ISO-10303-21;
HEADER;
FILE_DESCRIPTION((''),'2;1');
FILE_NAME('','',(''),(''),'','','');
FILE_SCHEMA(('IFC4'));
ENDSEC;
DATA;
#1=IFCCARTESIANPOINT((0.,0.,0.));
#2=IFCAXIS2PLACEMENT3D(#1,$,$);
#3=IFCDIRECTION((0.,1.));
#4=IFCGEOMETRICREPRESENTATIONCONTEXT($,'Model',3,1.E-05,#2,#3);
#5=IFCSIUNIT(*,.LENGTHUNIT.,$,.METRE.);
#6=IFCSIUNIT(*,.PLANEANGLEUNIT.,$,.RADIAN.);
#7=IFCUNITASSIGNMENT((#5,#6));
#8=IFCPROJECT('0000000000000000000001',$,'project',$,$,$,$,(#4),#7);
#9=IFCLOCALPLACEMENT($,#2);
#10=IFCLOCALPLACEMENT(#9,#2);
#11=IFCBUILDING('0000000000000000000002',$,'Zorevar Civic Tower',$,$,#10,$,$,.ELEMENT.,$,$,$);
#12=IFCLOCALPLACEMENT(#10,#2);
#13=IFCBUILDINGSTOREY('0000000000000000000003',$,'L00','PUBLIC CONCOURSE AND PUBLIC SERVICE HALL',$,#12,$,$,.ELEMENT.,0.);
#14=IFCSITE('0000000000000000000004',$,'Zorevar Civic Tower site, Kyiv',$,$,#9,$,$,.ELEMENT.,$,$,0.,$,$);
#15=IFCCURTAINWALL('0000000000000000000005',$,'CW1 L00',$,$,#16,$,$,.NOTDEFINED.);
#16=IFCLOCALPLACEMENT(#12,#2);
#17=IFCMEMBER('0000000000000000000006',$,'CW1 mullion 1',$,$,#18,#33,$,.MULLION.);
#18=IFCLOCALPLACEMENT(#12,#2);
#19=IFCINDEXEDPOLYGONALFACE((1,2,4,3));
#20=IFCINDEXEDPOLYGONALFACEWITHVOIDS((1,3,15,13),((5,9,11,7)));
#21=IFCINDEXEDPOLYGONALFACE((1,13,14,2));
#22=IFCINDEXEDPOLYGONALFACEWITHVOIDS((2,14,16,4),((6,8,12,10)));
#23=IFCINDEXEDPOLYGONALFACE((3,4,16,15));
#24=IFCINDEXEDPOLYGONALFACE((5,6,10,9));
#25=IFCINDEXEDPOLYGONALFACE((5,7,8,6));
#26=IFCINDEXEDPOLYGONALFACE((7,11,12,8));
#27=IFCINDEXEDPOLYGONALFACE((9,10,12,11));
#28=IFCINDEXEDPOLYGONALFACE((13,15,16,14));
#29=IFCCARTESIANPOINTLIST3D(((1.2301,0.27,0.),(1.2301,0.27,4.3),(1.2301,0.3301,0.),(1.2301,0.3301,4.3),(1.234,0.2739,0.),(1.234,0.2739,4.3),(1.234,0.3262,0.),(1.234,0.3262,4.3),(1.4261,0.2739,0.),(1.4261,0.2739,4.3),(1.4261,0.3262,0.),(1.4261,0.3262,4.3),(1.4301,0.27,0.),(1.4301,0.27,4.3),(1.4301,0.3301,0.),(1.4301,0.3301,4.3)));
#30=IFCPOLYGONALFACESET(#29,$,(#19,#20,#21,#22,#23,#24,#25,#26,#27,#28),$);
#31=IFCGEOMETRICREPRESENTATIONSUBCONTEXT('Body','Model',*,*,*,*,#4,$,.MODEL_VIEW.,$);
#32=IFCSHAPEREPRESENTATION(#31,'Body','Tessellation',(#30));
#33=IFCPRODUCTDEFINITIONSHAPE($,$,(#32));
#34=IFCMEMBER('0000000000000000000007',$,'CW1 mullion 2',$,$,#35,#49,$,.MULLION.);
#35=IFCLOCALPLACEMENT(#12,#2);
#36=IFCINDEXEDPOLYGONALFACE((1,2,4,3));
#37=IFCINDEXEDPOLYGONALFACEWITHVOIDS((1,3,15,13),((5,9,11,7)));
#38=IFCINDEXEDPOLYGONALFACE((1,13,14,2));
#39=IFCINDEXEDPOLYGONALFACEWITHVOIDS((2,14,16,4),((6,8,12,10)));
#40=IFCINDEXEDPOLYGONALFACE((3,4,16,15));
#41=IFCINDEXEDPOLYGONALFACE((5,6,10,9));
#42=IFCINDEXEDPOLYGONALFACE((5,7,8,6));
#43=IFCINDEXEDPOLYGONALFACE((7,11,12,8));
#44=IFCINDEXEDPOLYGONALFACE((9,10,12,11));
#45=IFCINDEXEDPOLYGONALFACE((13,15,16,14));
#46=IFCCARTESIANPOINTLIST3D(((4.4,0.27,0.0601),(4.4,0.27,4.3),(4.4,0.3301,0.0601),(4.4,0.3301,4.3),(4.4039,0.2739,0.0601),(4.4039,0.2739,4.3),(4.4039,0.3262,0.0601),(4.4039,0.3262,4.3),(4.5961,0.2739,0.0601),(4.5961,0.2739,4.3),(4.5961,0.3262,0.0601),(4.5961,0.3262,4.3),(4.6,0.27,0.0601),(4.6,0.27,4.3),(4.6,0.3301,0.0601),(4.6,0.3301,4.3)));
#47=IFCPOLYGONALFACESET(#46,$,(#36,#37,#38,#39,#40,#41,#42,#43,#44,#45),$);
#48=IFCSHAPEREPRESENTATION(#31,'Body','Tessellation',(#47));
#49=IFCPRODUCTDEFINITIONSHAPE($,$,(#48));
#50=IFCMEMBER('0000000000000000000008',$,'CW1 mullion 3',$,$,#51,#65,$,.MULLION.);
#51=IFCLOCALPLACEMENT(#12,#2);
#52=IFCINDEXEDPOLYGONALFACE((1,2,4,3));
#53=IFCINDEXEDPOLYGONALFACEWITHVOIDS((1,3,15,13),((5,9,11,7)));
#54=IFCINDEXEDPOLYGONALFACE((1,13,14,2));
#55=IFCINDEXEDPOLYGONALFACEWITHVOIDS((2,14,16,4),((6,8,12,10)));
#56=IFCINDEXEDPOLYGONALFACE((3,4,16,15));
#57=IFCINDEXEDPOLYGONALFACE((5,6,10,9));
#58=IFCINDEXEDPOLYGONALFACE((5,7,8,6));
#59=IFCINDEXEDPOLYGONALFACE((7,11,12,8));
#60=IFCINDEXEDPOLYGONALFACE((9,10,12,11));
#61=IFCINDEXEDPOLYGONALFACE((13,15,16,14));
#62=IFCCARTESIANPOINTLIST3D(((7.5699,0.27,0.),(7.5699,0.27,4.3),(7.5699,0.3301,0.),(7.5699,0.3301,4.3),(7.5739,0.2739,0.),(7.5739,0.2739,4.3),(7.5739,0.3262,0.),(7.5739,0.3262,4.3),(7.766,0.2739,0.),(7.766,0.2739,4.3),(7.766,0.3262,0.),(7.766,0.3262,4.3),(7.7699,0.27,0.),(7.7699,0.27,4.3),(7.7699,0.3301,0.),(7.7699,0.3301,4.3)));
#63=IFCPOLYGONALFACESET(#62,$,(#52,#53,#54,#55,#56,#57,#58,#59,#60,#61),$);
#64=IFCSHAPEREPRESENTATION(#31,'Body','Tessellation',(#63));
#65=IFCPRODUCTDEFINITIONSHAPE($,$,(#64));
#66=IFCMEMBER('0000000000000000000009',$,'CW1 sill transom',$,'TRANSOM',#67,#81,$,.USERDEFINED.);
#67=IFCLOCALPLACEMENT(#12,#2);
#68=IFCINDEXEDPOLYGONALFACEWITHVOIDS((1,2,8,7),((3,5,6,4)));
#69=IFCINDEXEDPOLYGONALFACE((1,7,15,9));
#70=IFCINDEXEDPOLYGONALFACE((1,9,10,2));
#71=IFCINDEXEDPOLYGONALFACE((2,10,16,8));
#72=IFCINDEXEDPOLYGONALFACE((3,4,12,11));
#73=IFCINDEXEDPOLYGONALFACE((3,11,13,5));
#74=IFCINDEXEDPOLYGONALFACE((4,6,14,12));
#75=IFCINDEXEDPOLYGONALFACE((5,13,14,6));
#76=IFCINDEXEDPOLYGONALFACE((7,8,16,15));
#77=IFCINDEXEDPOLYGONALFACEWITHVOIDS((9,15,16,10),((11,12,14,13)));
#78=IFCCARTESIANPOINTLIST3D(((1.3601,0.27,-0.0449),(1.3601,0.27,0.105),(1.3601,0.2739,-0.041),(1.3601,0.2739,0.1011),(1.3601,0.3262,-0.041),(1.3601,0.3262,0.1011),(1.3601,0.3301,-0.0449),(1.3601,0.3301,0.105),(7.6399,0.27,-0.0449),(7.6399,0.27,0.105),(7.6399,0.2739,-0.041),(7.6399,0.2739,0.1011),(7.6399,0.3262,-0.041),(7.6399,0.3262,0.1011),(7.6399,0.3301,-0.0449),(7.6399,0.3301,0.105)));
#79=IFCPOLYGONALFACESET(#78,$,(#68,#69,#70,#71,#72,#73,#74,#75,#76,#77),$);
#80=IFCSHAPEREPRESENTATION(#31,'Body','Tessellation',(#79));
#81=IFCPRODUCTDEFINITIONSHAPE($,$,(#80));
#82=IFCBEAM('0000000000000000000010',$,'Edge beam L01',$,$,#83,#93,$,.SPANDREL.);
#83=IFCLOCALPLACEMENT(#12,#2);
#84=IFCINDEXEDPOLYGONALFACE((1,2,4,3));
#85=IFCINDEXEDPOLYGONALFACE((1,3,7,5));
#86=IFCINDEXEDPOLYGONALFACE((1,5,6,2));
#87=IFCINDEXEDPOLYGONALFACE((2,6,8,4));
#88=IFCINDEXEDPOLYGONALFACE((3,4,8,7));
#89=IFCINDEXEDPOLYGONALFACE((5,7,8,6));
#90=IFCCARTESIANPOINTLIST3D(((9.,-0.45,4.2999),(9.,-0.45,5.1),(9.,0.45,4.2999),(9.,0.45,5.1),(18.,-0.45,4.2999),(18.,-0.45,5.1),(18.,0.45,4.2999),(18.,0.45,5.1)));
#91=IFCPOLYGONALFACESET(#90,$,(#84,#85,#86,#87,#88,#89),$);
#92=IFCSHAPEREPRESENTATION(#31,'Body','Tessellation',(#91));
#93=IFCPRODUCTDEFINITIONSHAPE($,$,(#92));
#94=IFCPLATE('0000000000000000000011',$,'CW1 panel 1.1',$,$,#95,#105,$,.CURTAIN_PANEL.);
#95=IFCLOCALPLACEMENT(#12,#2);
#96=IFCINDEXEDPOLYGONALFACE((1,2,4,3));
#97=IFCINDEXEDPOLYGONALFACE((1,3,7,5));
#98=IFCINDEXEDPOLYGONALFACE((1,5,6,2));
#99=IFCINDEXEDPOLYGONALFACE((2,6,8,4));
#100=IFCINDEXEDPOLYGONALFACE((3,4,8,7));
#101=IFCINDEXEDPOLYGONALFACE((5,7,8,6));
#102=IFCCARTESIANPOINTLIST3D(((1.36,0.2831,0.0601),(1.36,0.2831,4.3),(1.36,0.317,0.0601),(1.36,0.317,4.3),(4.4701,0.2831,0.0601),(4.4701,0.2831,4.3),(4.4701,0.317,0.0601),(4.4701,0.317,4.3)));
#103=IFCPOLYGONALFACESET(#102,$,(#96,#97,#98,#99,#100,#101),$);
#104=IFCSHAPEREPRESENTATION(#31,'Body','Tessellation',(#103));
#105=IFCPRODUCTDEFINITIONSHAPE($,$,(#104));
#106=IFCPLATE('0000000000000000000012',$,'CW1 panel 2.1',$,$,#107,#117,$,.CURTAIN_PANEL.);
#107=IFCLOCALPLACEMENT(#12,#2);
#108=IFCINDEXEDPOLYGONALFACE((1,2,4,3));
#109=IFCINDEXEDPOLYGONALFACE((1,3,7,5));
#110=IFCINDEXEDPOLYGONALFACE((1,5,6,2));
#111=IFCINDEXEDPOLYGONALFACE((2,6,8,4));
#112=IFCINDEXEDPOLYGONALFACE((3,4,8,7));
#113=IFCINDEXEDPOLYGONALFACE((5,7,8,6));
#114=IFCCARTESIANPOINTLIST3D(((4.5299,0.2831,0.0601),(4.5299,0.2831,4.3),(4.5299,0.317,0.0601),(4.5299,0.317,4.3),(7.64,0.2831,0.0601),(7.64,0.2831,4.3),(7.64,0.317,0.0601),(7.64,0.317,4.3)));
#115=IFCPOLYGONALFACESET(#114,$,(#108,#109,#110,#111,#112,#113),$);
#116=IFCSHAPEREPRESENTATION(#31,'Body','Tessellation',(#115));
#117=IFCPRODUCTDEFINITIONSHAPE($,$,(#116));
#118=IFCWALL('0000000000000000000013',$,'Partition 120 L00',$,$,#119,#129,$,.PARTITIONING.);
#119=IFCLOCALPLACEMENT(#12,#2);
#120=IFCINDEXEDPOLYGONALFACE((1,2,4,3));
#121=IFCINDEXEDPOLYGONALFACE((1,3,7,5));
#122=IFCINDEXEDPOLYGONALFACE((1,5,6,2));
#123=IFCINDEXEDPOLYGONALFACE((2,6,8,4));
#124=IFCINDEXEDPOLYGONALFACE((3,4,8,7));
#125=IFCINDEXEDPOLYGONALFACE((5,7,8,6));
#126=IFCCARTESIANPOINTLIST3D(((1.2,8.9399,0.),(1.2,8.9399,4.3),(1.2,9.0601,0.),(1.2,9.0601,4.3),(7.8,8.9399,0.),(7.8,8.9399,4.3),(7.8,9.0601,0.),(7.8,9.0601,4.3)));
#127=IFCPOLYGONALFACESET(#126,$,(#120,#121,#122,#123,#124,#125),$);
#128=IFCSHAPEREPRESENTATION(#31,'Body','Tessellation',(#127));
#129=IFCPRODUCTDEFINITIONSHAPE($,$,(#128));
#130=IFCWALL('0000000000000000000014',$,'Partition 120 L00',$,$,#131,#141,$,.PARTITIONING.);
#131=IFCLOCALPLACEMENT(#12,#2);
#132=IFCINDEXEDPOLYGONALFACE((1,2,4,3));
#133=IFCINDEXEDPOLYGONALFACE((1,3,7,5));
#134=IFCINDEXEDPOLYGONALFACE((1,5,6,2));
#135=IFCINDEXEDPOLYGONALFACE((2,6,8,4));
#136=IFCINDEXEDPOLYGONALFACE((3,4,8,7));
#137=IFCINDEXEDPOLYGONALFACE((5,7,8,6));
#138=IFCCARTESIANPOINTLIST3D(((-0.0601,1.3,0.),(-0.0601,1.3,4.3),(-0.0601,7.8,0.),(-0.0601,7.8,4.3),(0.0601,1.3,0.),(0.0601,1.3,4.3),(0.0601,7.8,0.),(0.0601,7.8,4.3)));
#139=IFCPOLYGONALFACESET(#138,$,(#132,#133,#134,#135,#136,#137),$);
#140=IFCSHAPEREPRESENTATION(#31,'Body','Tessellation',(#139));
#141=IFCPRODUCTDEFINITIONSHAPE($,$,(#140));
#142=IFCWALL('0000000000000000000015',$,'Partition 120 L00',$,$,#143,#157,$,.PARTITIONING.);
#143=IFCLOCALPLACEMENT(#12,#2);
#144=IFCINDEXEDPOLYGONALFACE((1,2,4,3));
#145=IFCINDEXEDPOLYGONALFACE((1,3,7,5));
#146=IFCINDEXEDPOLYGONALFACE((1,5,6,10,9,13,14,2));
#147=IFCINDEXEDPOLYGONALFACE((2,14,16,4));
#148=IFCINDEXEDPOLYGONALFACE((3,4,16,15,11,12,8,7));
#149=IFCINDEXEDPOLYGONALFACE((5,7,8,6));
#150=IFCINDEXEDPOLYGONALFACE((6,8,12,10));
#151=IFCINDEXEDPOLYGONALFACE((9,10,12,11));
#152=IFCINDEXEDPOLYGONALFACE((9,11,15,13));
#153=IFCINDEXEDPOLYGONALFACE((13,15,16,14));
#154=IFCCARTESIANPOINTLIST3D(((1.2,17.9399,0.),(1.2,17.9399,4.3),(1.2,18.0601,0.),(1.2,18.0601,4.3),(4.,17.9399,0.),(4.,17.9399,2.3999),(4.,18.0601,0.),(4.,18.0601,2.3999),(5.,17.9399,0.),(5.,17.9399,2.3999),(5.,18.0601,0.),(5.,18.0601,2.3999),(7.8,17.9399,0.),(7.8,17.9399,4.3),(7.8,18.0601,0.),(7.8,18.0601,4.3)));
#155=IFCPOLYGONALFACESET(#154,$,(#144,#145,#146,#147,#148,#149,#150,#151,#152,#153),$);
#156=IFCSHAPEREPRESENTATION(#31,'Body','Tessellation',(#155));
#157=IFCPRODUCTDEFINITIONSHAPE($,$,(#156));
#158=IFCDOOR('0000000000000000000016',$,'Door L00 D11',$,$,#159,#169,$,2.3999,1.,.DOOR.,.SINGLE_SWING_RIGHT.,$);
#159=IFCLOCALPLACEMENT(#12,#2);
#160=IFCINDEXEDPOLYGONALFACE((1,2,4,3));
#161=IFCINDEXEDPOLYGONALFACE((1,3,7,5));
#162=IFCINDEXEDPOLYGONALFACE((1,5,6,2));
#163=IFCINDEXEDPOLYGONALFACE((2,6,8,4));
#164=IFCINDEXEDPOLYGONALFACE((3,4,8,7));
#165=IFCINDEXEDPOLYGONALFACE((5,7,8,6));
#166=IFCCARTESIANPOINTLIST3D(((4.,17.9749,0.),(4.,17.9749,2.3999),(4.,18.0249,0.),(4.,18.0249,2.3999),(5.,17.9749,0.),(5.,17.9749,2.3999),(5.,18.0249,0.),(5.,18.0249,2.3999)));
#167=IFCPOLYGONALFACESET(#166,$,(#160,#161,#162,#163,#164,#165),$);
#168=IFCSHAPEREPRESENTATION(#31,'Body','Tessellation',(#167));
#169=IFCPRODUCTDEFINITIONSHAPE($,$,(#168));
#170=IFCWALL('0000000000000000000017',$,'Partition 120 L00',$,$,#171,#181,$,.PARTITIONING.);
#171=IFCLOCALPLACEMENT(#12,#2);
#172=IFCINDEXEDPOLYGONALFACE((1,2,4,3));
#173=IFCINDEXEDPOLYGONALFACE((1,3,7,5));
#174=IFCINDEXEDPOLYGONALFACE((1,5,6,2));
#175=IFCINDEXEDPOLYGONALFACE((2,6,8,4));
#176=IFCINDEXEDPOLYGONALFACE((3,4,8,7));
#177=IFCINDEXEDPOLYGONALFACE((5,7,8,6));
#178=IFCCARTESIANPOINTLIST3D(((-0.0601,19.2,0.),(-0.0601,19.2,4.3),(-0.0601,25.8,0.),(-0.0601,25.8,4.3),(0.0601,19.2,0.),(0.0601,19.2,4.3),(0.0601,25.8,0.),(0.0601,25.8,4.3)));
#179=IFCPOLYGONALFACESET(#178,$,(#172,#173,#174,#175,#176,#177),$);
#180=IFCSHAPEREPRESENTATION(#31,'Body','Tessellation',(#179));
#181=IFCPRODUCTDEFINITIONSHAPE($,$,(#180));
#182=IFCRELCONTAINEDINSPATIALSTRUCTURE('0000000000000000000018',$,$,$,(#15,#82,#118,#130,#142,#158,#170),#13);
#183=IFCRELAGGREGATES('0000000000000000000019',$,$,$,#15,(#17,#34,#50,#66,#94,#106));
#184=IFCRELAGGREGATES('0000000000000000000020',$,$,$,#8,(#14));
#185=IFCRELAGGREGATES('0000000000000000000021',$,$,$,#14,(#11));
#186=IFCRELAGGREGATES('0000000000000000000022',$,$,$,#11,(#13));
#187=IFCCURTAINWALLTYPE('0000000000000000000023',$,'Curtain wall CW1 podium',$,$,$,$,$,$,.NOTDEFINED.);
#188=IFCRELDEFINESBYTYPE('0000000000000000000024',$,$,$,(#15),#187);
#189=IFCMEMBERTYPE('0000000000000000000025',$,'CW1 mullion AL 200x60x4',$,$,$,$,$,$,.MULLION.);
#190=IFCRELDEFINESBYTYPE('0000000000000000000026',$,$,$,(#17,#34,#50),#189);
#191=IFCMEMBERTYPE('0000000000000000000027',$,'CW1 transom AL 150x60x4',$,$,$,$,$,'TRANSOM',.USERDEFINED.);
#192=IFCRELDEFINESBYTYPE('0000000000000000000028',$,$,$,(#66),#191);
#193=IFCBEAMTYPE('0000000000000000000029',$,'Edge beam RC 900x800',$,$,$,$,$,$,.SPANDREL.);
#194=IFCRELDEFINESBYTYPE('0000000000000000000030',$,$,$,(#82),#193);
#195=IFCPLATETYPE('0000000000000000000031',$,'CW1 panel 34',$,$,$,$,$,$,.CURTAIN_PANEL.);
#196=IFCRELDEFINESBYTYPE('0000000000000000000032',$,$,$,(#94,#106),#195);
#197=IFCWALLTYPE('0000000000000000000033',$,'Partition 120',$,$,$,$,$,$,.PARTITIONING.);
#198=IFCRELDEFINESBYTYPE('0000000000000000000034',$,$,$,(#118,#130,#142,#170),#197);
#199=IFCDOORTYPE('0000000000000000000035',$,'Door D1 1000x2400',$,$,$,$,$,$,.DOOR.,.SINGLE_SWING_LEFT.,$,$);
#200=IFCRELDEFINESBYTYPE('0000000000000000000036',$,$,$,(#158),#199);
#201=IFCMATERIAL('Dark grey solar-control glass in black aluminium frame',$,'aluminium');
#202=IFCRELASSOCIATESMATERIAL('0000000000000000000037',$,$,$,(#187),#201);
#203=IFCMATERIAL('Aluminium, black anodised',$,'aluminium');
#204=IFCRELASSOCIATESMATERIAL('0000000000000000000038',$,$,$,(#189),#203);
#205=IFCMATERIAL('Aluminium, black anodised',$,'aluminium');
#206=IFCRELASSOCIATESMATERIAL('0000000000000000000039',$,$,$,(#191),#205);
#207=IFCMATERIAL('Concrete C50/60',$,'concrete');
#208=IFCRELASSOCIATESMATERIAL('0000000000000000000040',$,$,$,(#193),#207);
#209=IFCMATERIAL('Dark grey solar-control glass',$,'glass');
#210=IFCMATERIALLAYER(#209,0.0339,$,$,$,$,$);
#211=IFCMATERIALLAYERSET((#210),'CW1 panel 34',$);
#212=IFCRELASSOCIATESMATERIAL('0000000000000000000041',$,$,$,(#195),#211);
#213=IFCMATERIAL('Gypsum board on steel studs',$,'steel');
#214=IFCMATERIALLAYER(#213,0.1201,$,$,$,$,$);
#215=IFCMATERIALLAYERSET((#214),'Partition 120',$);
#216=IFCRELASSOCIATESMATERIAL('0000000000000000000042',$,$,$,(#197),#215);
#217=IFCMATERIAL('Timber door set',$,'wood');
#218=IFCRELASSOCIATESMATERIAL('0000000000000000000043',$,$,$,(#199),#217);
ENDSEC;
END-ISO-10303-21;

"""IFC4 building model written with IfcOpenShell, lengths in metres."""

from ifc_helpers import new_model, si_unit, direction, frame, frame_2d, origin, origin_2d, place, context, subcontext, project, spatial, rectangle, hollow_rectangle, extrude, material, layer, layer_set, material_profile, profile_set, type_object, element, fill, aggregate, save


model = new_model("IFC4")

# Units and contexts
model_context = context("Model", 3, precision=1e-05, world=origin(), true_north=direction((0.0, 1.0)))
body_context = subcontext(model_context, "Body", "Model", "MODEL_VIEW")
ifc_project = project(units=[si_unit("LENGTHUNIT", "METRE"), si_unit("PLANEANGLEUNIT", "RADIAN")], contexts=[model_context])

# Site, building, storey
site_placement = place(None, origin())
site = spatial("IfcSite", under=ifc_project, at=site_placement, Name="Zorevar Civic Tower site, Kyiv", CompositionType="ELEMENT", RefElevation=0.0)
building_placement = place(site_placement, origin())
building = spatial("IfcBuilding", under=site, at=building_placement, Name="Zorevar Civic Tower", CompositionType="ELEMENT")
storey_placement = place(building_placement, origin())
storey = spatial("IfcBuildingStorey", under=building, at=storey_placement, Name="L00", Description="PUBLIC CONCOURSE AND PUBLIC SERVICE HALL", CompositionType="ELEMENT", Elevation=0.0)

# Curtain wall, members
ifc_material_1 = material(Name="Dark grey solar-control glass in black aluminium frame", Category="aluminium")
curtain_wall_type = type_object("IfcCurtainWallType", Name="Curtain wall CW1 podium", PredefinedType="NOTDEFINED", material=ifc_material_1)
curtain_wall_placement = place(storey_placement, origin())
curtain_wall = element("IfcCurtainWall", 1, at=curtain_wall_placement, inside=storey, type_object=curtain_wall_type, Name="CW1 L00", PredefinedType="NOTDEFINED")
ifc_material_2 = material(Name="Aluminium, black anodised", Category="aluminium")
ifc_material_profile_1 = material_profile(ifc_material_2, hollow_rectangle(XDim=0.0601, YDim=0.2, WallThickness=0.0039, at=origin_2d()), Name="AL 200x60x4")
ifc_profile_set_1 = profile_set([ifc_material_profile_1], Name="Aluminium, black anodised")
member_type_1 = type_object("IfcMemberType", Name="CW1 mullion AL 200x60x4", PredefinedType="MULLION", material=ifc_profile_set_1)
member_1_placement = place(storey_placement, frame((1.3301, 0.3, 0.0), z_axis=(0.0, 0.0, 1.0), x_axis=(0.0, 1.0, 0.0)))
member_1 = element("IfcMember", 2, at=member_1_placement, type_object=member_type_1, Name="CW1 mullion 1", PredefinedType="MULLION", context=body_context, shape_type="SweptSolid", body=[
    extrude(hollow_rectangle(XDim=0.0601, YDim=0.2, WallThickness=0.0039, at=origin_2d()), origin(), (0.0, 0.0, 1.0), 4.3),
])
member_2_placement = place(storey_placement, frame((4.5, 0.3, 0.0601), z_axis=(0.0, 0.0, 1.0), x_axis=(0.0, 1.0, 0.0)))
member_2 = element("IfcMember", 3, at=member_2_placement, type_object=member_type_1, Name="CW1 mullion 2", PredefinedType="MULLION", context=body_context, shape_type="SweptSolid", body=[
    extrude(hollow_rectangle(XDim=0.0601, YDim=0.2, WallThickness=0.0039, at=origin_2d()), origin(), (0.0, 0.0, 1.0), 4.24),
])
member_3_placement = place(storey_placement, frame((7.6699, 0.3, 0.0), z_axis=(0.0, 0.0, 1.0), x_axis=(0.0, 1.0, 0.0)))
member_3 = element("IfcMember", 4, at=member_3_placement, type_object=member_type_1, Name="CW1 mullion 3", PredefinedType="MULLION", context=body_context, shape_type="SweptSolid", body=[
    extrude(hollow_rectangle(XDim=0.0601, YDim=0.2, WallThickness=0.0039, at=origin_2d()), origin(), (0.0, 0.0, 1.0), 4.3),
])
ifc_material_3 = material(Name="Aluminium, black anodised", Category="aluminium")
ifc_material_profile_2 = material_profile(ifc_material_3, hollow_rectangle(XDim=0.0601, YDim=0.1499, WallThickness=0.0039, at=origin_2d()), Name="AL 150x60x4")
ifc_profile_set_2 = profile_set([ifc_material_profile_2], Name="Aluminium, black anodised")
member_type_2 = type_object("IfcMemberType", Name="CW1 transom AL 150x60x4", ElementType="TRANSOM", PredefinedType="USERDEFINED", material=ifc_profile_set_2)
member_4_placement = place(storey_placement, frame((1.3601, 0.3, 0.03), z_axis=(1.0, 0.0, 0.0), x_axis=(0.0, 1.0, 0.0)))
member_4 = element("IfcMember", 5, at=member_4_placement, type_object=member_type_2, Name="CW1 sill transom", ObjectType="TRANSOM", PredefinedType="USERDEFINED", context=body_context, shape_type="SweptSolid", body=[
    extrude(hollow_rectangle(XDim=0.0601, YDim=0.1499, WallThickness=0.0039, at=origin_2d()), origin(), (0.0, 0.0, 1.0), 6.2798),
])

# Beam
ifc_material_4 = material(Name="Concrete C50/60", Category="concrete")
ifc_material_profile_3 = material_profile(ifc_material_4, rectangle(XDim=0.8999, YDim=0.8, at=origin_2d()), Name="RC 900x800")
ifc_profile_set_3 = profile_set([ifc_material_profile_3], Name="Concrete C50/60")
beam_type_1 = type_object("IfcBeamType", Name="Edge beam RC 900x800", PredefinedType="SPANDREL", material=ifc_profile_set_3)
beam_1_placement = place(storey_placement, frame((9.0, 0.0, 4.7), z_axis=(1.0, 0.0, 0.0), x_axis=(0.0, 1.0, 0.0)))
element("IfcBeam", 6, at=beam_1_placement, inside=storey, type_object=beam_type_1, Name="Edge beam L01", PredefinedType="SPANDREL", context=body_context, shape_type="SweptSolid", body=[
    extrude(rectangle(XDim=0.8999, YDim=0.8, at=origin_2d()), origin(), (0.0, 0.0, 1.0), 9.0),
])

# Plates
ifc_material_5 = material(Name="Dark grey solar-control glass", Category="glass")
ifc_layer_1 = layer(ifc_material_5, 0.0339)
ifc_layer_set_1 = layer_set([ifc_layer_1], Name="CW1 panel 34")
plate_type = type_object("IfcPlateType", Name="CW1 panel 34", PredefinedType="CURTAIN_PANEL", material=ifc_layer_set_1)
plate_1_placement = place(storey_placement, frame((2.915, 0.3, 0.0601), z_axis=(0.0, 0.0, 1.0), x_axis=(1.0, 0.0, 0.0)))
plate_1 = element("IfcPlate", 7, at=plate_1_placement, type_object=plate_type, Name="CW1 panel 1.1", PredefinedType="CURTAIN_PANEL", context=body_context, shape_type="SweptSolid", body=[
    extrude(rectangle(XDim=3.1101, YDim=0.0339, at=origin_2d()), origin(), (0.0, 0.0, 1.0), 4.24),
])
plate_2_placement = place(storey_placement, frame((6.085, 0.3, 0.0601), z_axis=(0.0, 0.0, 1.0), x_axis=(1.0, 0.0, 0.0)))
plate_2 = element("IfcPlate", 8, at=plate_2_placement, type_object=plate_type, Name="CW1 panel 2.1", PredefinedType="CURTAIN_PANEL", context=body_context, shape_type="SweptSolid", body=[
    extrude(rectangle(XDim=3.1101, YDim=0.0339, at=origin_2d()), origin(), (0.0, 0.0, 1.0), 4.24),
])
aggregate(curtain_wall, [member_1, member_2, member_3, member_4, plate_1, plate_2])

# Walls
ifc_material_6 = material(Name="Gypsum board on steel studs", Category="steel")
ifc_layer_2 = layer(ifc_material_6, 0.1201)
ifc_layer_set_2 = layer_set([ifc_layer_2], Name="Partition 120")
wall_type = type_object("IfcWallType", Name="Partition 120", PredefinedType="PARTITIONING", material=ifc_layer_set_2)
wall_1_placement = place(storey_placement, frame((1.2, 9.0, 0.0), z_axis=(0.0, 0.0, 1.0), x_axis=(1.0, 0.0, 0.0)))
element("IfcWall", 9, at=wall_1_placement, inside=storey, type_object=wall_type, Name="Partition 120 L00", PredefinedType="PARTITIONING", context=body_context, shape_type="SweptSolid", body=[
    extrude(rectangle(XDim=6.6001, YDim=0.1201, at=frame_2d((3.3, 0.0))), origin(), (0.0, 0.0, 1.0), 4.3),
])
wall_2_placement = place(storey_placement, frame((0.0, 1.3, 0.0), z_axis=(0.0, 0.0, 1.0), x_axis=(0.0, 1.0, 0.0)))
element("IfcWall", 10, at=wall_2_placement, inside=storey, type_object=wall_type, Name="Partition 120 L00", PredefinedType="PARTITIONING", context=body_context, shape_type="SweptSolid", body=[
    extrude(rectangle(XDim=6.5, YDim=0.1201, at=frame_2d((3.25, 0.0))), origin(), (0.0, 0.0, 1.0), 4.3),
])

# Wall, opening, door
wall_3_placement = place(storey_placement, frame((1.2, 18.0, 0.0), z_axis=(0.0, 0.0, 1.0), x_axis=(1.0, 0.0, 0.0)))
wall_3 = element("IfcWall", 11, at=wall_3_placement, inside=storey, type_object=wall_type, Name="Partition 120 L00", PredefinedType="PARTITIONING", context=body_context, shape_type="SweptSolid", body=[
    extrude(rectangle(XDim=6.6001, YDim=0.1201, at=frame_2d((3.3, 0.0))), origin(), (0.0, 0.0, 1.0), 4.3),
])
opening_placement = place(wall_3_placement, frame((2.8, 0.0, 0.0)))
opening = element("IfcOpeningElement", 12, at=opening_placement, cuts=wall_3, PredefinedType="OPENING", context=body_context, shape_type="SweptSolid", body=[
    extrude(rectangle(XDim=1.0, YDim=2.3999, at=frame_2d((0.5, 1.2))), frame((0.0, 0.0701, 0.0), z_axis=(0.0, -1.0, 0.0), x_axis=(1.0, 0.0, 0.0)), (0.0, 0.0, 1.0), 0.1401),
])
ifc_material_7 = material(Name="Timber door set", Category="wood")
door_type = type_object("IfcDoorType", Name="Door D1 1000x2400", OperationType="SINGLE_SWING_LEFT", PredefinedType="DOOR", material=ifc_material_7)
door_placement = place(opening_placement, origin())
door = element("IfcDoor", 13, at=door_placement, inside=storey, type_object=door_type, Name="Door L00 D11", OperationType="SINGLE_SWING_RIGHT", OverallHeight=2.3999, OverallWidth=1.0, PredefinedType="DOOR", context=body_context, shape_type="SweptSolid", body=[
    extrude(rectangle(XDim=1.0, YDim=2.3999, at=frame_2d((0.5, 1.2))), frame((0.0, 0.0249, 0.0), z_axis=(0.0, -1.0, 0.0), x_axis=(1.0, 0.0, 0.0)), (0.0, 0.0, 1.0), 0.05),
])
fill(opening, door)

# Wall
for number, where, z_axis, x_axis, name in (
    (14, (0.0, 19.2, 0.0), (0.0, 0.0, 1.0), (0.0, 1.0, 0.0), "Partition 120 L00"),
):
    element("IfcWall", number, at=place(storey_placement, frame(where, z_axis=z_axis, x_axis=x_axis)), inside=storey, type_object=wall_type, Name=name, PredefinedType="PARTITIONING", context=body_context, shape_type="SweptSolid", body=[
        extrude(rectangle(XDim=6.6001, YDim=0.1201, at=frame_2d((3.3, 0.0))), origin(), (0.0, 0.0, 1.0), 4.3),
    ])

save(model, "model.ifc")
